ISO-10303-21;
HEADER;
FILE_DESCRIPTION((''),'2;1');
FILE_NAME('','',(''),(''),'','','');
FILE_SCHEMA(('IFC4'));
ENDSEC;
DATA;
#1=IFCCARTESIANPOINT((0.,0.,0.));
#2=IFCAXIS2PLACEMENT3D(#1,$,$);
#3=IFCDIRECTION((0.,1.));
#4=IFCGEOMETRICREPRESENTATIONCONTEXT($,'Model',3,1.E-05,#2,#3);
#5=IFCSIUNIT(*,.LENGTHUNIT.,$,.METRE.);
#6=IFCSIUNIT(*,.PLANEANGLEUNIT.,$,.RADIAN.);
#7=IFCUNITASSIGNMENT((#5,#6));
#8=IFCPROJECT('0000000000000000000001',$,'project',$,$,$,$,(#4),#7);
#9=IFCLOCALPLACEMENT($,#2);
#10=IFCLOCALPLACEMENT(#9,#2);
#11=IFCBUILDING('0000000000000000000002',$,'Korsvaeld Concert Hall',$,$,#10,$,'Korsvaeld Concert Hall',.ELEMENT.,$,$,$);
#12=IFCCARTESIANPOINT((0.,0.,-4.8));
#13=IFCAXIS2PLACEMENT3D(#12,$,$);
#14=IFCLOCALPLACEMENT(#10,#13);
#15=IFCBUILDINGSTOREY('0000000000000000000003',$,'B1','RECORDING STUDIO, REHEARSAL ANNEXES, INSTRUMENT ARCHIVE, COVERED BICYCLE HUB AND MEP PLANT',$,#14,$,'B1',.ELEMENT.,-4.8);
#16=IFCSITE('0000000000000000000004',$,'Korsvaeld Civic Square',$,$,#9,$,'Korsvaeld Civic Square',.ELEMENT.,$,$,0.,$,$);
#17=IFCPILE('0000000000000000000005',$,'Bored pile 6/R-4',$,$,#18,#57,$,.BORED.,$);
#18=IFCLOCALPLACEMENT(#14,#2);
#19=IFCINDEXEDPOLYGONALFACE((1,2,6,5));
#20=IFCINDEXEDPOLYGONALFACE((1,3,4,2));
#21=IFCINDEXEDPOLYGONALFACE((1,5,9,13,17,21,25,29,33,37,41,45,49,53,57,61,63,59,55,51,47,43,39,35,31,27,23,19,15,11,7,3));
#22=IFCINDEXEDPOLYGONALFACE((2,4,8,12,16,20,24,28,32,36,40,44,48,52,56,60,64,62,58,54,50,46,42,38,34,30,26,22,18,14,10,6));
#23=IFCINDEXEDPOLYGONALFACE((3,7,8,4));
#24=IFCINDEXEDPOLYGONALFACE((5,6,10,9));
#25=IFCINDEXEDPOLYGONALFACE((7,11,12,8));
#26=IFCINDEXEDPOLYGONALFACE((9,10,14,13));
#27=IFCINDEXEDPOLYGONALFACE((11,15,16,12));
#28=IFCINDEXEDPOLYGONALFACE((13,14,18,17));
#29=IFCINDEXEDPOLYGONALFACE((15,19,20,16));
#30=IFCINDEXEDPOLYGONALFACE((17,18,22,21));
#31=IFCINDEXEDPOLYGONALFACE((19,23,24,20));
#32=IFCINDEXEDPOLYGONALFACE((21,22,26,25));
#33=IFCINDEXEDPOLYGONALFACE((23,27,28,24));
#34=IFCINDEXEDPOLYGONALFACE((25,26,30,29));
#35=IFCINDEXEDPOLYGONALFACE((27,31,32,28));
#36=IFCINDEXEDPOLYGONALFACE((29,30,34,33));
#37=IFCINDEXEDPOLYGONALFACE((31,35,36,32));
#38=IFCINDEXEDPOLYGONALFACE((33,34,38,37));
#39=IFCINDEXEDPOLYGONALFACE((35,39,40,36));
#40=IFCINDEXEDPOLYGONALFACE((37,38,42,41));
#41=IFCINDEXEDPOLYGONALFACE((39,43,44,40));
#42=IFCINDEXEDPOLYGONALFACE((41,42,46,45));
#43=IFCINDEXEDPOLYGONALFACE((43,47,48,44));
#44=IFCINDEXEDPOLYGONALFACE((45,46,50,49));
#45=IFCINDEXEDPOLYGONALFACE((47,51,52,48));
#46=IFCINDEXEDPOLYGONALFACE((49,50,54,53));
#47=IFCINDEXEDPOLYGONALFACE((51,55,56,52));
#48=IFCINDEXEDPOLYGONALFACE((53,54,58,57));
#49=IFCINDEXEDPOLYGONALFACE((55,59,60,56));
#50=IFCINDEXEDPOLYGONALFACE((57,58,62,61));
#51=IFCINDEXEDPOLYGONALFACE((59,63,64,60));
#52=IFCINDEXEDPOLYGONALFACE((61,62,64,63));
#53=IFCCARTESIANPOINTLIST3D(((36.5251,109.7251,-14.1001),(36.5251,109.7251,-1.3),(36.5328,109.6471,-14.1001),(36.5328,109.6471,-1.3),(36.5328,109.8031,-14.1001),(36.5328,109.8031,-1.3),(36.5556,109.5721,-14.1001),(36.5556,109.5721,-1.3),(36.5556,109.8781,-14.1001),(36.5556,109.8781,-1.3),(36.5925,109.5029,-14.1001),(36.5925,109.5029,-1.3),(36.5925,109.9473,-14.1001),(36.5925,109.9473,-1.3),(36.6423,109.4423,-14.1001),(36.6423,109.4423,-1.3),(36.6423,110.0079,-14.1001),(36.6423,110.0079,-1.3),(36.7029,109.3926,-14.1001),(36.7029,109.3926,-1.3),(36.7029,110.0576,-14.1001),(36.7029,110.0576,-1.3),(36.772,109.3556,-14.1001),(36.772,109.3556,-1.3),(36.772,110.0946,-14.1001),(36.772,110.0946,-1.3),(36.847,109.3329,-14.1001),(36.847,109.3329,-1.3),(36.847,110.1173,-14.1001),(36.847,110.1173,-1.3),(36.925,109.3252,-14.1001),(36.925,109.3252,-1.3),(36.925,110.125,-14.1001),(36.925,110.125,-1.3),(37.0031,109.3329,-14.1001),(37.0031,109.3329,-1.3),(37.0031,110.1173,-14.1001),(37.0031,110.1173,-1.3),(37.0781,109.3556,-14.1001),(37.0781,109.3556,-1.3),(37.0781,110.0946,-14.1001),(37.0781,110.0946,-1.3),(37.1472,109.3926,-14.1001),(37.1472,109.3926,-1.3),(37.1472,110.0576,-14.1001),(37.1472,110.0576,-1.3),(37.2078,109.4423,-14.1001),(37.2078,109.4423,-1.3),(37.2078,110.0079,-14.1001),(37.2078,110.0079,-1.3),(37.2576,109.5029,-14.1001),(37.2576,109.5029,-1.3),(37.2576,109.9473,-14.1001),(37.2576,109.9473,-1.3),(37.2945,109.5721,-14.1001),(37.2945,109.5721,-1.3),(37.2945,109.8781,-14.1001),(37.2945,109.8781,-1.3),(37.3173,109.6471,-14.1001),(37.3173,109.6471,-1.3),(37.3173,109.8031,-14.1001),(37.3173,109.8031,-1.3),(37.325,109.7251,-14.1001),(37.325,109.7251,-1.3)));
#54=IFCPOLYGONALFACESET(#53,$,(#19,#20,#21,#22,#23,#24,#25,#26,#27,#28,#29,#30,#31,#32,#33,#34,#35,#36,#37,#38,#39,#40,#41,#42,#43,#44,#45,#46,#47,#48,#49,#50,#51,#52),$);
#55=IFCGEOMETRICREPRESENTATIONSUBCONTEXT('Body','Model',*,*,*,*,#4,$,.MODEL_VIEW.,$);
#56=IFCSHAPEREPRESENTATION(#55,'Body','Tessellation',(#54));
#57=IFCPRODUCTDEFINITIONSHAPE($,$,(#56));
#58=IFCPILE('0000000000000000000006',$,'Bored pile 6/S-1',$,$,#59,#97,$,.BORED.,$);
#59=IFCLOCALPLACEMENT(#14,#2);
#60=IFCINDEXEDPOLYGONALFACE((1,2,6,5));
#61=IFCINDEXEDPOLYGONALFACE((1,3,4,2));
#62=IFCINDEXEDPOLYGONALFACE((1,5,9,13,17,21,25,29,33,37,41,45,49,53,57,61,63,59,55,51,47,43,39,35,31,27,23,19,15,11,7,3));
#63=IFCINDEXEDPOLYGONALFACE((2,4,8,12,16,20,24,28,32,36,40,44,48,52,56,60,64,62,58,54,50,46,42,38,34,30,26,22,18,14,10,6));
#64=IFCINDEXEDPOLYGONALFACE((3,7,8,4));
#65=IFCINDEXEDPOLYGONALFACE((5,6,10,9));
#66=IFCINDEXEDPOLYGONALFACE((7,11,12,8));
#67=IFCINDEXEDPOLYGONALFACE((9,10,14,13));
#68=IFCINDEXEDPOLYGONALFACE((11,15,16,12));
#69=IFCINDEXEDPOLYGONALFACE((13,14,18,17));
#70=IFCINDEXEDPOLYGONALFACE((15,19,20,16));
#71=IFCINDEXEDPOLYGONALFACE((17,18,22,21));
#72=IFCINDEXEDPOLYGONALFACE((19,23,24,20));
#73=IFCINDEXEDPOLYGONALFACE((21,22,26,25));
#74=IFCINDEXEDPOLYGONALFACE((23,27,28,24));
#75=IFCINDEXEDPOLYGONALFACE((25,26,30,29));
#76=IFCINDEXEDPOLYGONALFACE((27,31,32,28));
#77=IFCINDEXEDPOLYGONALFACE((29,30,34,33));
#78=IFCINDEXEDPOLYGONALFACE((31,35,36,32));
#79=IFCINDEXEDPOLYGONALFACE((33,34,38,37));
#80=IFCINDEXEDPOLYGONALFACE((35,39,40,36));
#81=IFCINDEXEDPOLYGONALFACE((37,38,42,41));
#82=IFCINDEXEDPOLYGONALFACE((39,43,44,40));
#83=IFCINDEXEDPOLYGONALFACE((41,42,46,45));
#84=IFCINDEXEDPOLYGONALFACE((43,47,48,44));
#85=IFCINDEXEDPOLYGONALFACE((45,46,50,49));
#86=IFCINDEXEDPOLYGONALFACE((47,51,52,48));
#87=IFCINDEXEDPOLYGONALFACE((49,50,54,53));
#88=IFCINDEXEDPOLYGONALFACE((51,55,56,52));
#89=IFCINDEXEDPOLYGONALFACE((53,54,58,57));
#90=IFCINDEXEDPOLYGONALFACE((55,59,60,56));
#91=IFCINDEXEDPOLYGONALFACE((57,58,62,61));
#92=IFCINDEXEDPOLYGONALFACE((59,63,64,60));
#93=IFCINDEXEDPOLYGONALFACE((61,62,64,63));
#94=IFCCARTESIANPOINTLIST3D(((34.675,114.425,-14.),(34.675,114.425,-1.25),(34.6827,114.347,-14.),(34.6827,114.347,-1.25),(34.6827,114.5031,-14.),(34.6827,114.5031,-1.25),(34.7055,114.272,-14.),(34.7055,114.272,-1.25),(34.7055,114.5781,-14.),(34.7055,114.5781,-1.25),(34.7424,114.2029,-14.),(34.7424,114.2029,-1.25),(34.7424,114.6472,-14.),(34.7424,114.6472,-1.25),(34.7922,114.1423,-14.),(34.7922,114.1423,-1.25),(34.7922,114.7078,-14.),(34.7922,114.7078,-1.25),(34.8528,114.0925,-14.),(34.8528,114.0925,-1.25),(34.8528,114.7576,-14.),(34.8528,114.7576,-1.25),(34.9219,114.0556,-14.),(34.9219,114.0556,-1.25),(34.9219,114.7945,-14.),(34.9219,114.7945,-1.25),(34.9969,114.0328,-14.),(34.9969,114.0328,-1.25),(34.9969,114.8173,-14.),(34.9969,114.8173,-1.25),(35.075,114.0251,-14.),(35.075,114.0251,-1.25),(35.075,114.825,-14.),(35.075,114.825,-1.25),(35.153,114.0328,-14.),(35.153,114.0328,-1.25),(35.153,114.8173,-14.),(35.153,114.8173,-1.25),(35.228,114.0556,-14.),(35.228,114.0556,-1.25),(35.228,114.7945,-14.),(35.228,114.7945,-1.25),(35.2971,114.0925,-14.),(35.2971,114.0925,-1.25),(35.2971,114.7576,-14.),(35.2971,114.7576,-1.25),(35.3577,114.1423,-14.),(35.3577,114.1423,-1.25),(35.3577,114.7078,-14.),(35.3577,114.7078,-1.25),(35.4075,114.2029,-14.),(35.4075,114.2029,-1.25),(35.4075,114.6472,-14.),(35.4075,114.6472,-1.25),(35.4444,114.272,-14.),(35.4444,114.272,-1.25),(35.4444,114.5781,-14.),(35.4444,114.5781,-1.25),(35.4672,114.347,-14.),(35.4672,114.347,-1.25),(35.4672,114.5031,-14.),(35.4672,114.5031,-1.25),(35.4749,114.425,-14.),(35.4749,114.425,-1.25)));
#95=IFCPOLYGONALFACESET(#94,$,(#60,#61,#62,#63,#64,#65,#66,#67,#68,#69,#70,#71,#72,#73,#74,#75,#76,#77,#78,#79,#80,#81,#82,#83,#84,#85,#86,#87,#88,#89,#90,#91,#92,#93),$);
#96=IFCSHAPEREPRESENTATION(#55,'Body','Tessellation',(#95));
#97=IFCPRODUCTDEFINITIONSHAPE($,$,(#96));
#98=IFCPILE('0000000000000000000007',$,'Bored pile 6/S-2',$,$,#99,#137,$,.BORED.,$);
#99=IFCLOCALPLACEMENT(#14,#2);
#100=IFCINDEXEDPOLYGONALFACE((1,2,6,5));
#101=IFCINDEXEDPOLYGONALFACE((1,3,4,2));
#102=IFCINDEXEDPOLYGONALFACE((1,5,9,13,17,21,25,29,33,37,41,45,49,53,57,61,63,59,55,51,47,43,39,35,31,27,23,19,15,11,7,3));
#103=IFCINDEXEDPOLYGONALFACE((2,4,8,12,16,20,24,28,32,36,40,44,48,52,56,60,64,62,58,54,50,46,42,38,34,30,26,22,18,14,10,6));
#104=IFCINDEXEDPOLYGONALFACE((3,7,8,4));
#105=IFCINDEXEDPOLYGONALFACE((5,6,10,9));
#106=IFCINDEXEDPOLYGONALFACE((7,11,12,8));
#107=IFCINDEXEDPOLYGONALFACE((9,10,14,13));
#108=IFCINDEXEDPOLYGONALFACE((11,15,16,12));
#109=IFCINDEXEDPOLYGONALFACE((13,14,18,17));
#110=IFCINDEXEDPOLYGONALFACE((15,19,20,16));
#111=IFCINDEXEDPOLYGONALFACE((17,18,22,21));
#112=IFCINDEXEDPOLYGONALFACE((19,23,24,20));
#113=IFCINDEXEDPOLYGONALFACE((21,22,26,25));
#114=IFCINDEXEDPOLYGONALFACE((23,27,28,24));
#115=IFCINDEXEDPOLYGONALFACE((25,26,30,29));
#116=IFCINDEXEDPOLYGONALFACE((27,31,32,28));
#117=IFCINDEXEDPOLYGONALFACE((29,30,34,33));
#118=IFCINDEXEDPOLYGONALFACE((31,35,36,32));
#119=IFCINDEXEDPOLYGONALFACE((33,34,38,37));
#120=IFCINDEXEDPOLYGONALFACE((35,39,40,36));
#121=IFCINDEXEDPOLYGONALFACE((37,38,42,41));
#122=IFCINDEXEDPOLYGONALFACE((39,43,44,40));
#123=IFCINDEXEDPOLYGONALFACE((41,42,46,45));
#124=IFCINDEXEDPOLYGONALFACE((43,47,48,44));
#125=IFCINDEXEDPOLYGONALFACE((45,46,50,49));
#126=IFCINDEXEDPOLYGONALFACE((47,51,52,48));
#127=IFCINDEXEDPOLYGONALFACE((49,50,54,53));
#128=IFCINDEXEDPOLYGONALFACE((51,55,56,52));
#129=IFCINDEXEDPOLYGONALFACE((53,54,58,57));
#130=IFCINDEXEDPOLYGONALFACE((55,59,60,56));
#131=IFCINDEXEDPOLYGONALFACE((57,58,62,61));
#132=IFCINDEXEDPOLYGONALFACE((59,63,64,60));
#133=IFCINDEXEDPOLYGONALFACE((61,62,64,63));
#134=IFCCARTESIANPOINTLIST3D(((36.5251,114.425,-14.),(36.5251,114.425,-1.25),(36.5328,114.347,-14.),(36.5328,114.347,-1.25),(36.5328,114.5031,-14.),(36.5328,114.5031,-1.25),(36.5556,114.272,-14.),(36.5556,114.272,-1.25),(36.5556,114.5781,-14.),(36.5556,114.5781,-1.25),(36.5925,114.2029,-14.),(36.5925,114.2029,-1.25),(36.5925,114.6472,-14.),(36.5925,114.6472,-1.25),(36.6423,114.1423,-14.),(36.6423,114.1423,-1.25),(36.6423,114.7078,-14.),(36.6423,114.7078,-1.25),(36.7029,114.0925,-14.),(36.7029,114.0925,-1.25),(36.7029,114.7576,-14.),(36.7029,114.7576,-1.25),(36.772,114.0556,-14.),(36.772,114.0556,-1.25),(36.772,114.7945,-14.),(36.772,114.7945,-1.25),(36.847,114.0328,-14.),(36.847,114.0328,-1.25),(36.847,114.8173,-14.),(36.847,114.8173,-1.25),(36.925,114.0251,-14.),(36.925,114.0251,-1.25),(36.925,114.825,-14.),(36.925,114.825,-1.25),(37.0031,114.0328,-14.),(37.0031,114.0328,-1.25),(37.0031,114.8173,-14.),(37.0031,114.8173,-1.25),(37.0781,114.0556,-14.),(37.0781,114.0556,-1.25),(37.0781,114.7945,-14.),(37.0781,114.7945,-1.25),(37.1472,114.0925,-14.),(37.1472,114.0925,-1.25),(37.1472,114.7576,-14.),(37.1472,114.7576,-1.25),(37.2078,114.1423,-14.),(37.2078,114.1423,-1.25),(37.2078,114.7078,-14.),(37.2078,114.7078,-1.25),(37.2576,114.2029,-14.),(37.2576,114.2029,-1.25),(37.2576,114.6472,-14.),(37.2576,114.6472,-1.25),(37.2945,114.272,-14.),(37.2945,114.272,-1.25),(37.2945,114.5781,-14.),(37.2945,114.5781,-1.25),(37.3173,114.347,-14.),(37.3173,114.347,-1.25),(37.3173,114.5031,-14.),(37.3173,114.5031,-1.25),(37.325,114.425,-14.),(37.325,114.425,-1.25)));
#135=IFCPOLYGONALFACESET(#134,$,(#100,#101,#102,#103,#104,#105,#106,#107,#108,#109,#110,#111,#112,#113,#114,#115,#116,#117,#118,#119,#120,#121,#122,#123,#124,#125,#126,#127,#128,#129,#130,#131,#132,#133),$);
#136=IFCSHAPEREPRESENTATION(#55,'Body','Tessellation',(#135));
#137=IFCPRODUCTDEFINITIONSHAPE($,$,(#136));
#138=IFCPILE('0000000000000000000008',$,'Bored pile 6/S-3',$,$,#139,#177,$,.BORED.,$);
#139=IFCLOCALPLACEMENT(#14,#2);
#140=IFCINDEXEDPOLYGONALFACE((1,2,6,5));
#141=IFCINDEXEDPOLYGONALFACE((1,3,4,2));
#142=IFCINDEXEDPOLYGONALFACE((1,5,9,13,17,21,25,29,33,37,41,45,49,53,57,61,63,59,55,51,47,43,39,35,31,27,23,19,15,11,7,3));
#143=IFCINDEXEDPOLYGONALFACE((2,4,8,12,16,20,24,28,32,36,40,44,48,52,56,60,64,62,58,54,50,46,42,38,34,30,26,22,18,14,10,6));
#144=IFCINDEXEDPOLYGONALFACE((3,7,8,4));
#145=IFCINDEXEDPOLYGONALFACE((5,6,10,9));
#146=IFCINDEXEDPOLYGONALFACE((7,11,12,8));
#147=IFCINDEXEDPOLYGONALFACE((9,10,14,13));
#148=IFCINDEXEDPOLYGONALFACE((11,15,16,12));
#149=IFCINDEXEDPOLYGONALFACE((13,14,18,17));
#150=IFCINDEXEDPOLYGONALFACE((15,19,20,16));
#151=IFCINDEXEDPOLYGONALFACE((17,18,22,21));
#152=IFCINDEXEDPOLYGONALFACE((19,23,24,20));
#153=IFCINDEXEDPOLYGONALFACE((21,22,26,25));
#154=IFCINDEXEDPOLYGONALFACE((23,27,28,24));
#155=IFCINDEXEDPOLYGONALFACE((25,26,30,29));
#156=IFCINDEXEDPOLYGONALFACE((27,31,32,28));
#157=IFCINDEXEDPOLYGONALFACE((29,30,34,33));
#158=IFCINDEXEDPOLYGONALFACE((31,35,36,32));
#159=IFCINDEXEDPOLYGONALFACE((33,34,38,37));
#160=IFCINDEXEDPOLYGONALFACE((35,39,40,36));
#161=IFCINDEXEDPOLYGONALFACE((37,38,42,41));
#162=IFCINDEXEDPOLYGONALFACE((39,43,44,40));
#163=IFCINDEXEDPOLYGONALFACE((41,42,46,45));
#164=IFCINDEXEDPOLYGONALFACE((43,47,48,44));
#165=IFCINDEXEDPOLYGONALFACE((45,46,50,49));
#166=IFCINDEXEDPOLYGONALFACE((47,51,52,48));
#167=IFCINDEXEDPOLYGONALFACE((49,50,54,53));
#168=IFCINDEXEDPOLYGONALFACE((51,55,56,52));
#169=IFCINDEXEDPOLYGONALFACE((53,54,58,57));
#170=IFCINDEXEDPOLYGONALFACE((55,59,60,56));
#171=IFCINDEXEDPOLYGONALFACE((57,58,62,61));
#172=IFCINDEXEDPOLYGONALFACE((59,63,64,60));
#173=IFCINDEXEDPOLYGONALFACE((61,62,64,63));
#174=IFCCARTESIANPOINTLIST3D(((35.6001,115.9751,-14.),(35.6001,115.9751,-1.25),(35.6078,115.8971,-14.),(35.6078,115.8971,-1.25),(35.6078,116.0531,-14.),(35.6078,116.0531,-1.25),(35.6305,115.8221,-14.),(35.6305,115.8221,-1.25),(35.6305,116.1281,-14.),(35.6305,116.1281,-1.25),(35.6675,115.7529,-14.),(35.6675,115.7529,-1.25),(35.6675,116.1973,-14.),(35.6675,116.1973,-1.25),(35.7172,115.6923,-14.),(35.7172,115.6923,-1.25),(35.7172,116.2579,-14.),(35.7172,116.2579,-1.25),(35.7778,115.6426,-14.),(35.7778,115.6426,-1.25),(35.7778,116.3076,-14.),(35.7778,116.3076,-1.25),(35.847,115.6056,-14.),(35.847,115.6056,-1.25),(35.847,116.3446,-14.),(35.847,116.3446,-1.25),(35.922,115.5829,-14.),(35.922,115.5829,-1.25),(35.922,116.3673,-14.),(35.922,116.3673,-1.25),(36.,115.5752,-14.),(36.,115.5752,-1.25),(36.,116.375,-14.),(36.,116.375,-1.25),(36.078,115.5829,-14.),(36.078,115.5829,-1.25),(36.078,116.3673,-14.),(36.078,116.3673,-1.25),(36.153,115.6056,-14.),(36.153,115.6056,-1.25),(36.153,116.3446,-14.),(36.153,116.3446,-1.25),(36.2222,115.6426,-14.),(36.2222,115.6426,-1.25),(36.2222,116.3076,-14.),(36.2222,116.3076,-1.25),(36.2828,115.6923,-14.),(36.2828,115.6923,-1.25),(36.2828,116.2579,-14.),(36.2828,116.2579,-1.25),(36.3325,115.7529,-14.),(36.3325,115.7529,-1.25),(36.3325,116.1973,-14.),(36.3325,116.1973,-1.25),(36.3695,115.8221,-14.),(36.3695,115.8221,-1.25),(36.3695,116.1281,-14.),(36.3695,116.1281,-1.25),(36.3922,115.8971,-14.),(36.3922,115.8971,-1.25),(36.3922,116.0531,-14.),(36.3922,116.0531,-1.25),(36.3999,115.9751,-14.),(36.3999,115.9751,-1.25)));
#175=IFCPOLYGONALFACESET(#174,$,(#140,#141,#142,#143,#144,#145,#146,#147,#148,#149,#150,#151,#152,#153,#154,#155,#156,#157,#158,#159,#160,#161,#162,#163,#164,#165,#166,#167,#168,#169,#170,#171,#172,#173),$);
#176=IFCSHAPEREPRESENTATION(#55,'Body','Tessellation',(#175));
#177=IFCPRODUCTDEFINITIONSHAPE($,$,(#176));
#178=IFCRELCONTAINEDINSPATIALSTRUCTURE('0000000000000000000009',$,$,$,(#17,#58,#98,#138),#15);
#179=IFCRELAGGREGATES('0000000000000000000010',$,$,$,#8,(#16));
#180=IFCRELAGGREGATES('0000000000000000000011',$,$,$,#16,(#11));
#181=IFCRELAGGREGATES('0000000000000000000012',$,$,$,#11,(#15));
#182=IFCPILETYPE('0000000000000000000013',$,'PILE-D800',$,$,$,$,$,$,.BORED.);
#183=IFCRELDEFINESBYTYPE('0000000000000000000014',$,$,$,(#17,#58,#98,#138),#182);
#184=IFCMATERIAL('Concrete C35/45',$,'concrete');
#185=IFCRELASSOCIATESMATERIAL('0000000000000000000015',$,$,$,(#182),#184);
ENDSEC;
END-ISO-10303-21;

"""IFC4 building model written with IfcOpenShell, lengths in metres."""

from ifc_helpers import new_model, si_unit, direction, frame, origin, origin_2d, place, context, subcontext, project, spatial, circle, extrude, material, material_profile, profile_set, type_object, element, save


model = new_model("IFC4")

# Units and contexts
model_context = context("Model", 3, precision=1e-05, world=origin(), true_north=direction((0.0, 1.0)))
body_context = subcontext(model_context, "Body", "Model", "MODEL_VIEW")
ifc_project = project(units=[si_unit("LENGTHUNIT", "METRE"), si_unit("PLANEANGLEUNIT", "RADIAN")], contexts=[model_context])

# Site, building, storey
site_placement = place(None, origin())
site = spatial("IfcSite", under=ifc_project, at=site_placement, Name="Korsvaeld Civic Square", LongName="Korsvaeld Civic Square", CompositionType="ELEMENT", RefElevation=0.0)
building_placement = place(site_placement, origin())
building = spatial("IfcBuilding", under=site, at=building_placement, Name="Korsvaeld Concert Hall", LongName="Korsvaeld Concert Hall", CompositionType="ELEMENT")
storey_placement = place(building_placement, frame((0.0, 0.0, -4.8)))
storey = spatial("IfcBuildingStorey", under=building, at=storey_placement, Name="B1", Description="RECORDING STUDIO, REHEARSAL ANNEXES, INSTRUMENT ARCHIVE, COVERED BICYCLE HUB AND MEP PLANT", LongName="B1", CompositionType="ELEMENT", Elevation=-4.8)

# Shared definitions
ifc_material_1 = material(Name="Concrete C35/45", Category="concrete")

# Piles
ifc_material_profile_1 = material_profile(ifc_material_1, circle(Radius=0.3999, at=origin_2d()), Name="BORED PILE D800")
ifc_profile_set_1 = profile_set([ifc_material_profile_1], Name="Concrete C35/45")
pile_type_1 = type_object("IfcPileType", Name="PILE-D800", PredefinedType="BORED", material=ifc_profile_set_1)
for number, where, z_axis, x_axis, name in (
    (1, (36.925, 109.7251, -1.3), (0.0, 0.0, -1.0), (1.0, 0.0, 0.0), "Bored pile 6/R-4"),
):
    element("IfcPile", number, at=place(storey_placement, frame(where, z_axis=z_axis, x_axis=x_axis)), inside=storey, type_object=pile_type_1, Name=name, PredefinedType="BORED", context=body_context, shape_type="SweptSolid", body=[
        extrude(circle(Radius=0.3999, at=origin_2d()), origin(), (0.0, 0.0, 1.0), 12.8),
    ])
for number, where, z_axis, x_axis, name in (
    (2, (35.075, 114.425, -1.25), (0.0, 0.0, -1.0), (1.0, 0.0, 0.0), "Bored pile 6/S-1"),
    (3, (36.925, 114.425, -1.25), (0.0, 0.0, -1.0), (1.0, 0.0, 0.0), "Bored pile 6/S-2"),
    (4, (36.0, 115.9751, -1.25), (0.0, 0.0, -1.0), (1.0, 0.0, 0.0), "Bored pile 6/S-3"),
):
    element("IfcPile", number, at=place(storey_placement, frame(where, z_axis=z_axis, x_axis=x_axis)), inside=storey, type_object=pile_type_1, Name=name, PredefinedType="BORED", context=body_context, shape_type="SweptSolid", body=[
        extrude(circle(Radius=0.3999, at=origin_2d()), origin(), (0.0, 0.0, 1.0), 12.75),
    ])

save(model, "model.ifc")
